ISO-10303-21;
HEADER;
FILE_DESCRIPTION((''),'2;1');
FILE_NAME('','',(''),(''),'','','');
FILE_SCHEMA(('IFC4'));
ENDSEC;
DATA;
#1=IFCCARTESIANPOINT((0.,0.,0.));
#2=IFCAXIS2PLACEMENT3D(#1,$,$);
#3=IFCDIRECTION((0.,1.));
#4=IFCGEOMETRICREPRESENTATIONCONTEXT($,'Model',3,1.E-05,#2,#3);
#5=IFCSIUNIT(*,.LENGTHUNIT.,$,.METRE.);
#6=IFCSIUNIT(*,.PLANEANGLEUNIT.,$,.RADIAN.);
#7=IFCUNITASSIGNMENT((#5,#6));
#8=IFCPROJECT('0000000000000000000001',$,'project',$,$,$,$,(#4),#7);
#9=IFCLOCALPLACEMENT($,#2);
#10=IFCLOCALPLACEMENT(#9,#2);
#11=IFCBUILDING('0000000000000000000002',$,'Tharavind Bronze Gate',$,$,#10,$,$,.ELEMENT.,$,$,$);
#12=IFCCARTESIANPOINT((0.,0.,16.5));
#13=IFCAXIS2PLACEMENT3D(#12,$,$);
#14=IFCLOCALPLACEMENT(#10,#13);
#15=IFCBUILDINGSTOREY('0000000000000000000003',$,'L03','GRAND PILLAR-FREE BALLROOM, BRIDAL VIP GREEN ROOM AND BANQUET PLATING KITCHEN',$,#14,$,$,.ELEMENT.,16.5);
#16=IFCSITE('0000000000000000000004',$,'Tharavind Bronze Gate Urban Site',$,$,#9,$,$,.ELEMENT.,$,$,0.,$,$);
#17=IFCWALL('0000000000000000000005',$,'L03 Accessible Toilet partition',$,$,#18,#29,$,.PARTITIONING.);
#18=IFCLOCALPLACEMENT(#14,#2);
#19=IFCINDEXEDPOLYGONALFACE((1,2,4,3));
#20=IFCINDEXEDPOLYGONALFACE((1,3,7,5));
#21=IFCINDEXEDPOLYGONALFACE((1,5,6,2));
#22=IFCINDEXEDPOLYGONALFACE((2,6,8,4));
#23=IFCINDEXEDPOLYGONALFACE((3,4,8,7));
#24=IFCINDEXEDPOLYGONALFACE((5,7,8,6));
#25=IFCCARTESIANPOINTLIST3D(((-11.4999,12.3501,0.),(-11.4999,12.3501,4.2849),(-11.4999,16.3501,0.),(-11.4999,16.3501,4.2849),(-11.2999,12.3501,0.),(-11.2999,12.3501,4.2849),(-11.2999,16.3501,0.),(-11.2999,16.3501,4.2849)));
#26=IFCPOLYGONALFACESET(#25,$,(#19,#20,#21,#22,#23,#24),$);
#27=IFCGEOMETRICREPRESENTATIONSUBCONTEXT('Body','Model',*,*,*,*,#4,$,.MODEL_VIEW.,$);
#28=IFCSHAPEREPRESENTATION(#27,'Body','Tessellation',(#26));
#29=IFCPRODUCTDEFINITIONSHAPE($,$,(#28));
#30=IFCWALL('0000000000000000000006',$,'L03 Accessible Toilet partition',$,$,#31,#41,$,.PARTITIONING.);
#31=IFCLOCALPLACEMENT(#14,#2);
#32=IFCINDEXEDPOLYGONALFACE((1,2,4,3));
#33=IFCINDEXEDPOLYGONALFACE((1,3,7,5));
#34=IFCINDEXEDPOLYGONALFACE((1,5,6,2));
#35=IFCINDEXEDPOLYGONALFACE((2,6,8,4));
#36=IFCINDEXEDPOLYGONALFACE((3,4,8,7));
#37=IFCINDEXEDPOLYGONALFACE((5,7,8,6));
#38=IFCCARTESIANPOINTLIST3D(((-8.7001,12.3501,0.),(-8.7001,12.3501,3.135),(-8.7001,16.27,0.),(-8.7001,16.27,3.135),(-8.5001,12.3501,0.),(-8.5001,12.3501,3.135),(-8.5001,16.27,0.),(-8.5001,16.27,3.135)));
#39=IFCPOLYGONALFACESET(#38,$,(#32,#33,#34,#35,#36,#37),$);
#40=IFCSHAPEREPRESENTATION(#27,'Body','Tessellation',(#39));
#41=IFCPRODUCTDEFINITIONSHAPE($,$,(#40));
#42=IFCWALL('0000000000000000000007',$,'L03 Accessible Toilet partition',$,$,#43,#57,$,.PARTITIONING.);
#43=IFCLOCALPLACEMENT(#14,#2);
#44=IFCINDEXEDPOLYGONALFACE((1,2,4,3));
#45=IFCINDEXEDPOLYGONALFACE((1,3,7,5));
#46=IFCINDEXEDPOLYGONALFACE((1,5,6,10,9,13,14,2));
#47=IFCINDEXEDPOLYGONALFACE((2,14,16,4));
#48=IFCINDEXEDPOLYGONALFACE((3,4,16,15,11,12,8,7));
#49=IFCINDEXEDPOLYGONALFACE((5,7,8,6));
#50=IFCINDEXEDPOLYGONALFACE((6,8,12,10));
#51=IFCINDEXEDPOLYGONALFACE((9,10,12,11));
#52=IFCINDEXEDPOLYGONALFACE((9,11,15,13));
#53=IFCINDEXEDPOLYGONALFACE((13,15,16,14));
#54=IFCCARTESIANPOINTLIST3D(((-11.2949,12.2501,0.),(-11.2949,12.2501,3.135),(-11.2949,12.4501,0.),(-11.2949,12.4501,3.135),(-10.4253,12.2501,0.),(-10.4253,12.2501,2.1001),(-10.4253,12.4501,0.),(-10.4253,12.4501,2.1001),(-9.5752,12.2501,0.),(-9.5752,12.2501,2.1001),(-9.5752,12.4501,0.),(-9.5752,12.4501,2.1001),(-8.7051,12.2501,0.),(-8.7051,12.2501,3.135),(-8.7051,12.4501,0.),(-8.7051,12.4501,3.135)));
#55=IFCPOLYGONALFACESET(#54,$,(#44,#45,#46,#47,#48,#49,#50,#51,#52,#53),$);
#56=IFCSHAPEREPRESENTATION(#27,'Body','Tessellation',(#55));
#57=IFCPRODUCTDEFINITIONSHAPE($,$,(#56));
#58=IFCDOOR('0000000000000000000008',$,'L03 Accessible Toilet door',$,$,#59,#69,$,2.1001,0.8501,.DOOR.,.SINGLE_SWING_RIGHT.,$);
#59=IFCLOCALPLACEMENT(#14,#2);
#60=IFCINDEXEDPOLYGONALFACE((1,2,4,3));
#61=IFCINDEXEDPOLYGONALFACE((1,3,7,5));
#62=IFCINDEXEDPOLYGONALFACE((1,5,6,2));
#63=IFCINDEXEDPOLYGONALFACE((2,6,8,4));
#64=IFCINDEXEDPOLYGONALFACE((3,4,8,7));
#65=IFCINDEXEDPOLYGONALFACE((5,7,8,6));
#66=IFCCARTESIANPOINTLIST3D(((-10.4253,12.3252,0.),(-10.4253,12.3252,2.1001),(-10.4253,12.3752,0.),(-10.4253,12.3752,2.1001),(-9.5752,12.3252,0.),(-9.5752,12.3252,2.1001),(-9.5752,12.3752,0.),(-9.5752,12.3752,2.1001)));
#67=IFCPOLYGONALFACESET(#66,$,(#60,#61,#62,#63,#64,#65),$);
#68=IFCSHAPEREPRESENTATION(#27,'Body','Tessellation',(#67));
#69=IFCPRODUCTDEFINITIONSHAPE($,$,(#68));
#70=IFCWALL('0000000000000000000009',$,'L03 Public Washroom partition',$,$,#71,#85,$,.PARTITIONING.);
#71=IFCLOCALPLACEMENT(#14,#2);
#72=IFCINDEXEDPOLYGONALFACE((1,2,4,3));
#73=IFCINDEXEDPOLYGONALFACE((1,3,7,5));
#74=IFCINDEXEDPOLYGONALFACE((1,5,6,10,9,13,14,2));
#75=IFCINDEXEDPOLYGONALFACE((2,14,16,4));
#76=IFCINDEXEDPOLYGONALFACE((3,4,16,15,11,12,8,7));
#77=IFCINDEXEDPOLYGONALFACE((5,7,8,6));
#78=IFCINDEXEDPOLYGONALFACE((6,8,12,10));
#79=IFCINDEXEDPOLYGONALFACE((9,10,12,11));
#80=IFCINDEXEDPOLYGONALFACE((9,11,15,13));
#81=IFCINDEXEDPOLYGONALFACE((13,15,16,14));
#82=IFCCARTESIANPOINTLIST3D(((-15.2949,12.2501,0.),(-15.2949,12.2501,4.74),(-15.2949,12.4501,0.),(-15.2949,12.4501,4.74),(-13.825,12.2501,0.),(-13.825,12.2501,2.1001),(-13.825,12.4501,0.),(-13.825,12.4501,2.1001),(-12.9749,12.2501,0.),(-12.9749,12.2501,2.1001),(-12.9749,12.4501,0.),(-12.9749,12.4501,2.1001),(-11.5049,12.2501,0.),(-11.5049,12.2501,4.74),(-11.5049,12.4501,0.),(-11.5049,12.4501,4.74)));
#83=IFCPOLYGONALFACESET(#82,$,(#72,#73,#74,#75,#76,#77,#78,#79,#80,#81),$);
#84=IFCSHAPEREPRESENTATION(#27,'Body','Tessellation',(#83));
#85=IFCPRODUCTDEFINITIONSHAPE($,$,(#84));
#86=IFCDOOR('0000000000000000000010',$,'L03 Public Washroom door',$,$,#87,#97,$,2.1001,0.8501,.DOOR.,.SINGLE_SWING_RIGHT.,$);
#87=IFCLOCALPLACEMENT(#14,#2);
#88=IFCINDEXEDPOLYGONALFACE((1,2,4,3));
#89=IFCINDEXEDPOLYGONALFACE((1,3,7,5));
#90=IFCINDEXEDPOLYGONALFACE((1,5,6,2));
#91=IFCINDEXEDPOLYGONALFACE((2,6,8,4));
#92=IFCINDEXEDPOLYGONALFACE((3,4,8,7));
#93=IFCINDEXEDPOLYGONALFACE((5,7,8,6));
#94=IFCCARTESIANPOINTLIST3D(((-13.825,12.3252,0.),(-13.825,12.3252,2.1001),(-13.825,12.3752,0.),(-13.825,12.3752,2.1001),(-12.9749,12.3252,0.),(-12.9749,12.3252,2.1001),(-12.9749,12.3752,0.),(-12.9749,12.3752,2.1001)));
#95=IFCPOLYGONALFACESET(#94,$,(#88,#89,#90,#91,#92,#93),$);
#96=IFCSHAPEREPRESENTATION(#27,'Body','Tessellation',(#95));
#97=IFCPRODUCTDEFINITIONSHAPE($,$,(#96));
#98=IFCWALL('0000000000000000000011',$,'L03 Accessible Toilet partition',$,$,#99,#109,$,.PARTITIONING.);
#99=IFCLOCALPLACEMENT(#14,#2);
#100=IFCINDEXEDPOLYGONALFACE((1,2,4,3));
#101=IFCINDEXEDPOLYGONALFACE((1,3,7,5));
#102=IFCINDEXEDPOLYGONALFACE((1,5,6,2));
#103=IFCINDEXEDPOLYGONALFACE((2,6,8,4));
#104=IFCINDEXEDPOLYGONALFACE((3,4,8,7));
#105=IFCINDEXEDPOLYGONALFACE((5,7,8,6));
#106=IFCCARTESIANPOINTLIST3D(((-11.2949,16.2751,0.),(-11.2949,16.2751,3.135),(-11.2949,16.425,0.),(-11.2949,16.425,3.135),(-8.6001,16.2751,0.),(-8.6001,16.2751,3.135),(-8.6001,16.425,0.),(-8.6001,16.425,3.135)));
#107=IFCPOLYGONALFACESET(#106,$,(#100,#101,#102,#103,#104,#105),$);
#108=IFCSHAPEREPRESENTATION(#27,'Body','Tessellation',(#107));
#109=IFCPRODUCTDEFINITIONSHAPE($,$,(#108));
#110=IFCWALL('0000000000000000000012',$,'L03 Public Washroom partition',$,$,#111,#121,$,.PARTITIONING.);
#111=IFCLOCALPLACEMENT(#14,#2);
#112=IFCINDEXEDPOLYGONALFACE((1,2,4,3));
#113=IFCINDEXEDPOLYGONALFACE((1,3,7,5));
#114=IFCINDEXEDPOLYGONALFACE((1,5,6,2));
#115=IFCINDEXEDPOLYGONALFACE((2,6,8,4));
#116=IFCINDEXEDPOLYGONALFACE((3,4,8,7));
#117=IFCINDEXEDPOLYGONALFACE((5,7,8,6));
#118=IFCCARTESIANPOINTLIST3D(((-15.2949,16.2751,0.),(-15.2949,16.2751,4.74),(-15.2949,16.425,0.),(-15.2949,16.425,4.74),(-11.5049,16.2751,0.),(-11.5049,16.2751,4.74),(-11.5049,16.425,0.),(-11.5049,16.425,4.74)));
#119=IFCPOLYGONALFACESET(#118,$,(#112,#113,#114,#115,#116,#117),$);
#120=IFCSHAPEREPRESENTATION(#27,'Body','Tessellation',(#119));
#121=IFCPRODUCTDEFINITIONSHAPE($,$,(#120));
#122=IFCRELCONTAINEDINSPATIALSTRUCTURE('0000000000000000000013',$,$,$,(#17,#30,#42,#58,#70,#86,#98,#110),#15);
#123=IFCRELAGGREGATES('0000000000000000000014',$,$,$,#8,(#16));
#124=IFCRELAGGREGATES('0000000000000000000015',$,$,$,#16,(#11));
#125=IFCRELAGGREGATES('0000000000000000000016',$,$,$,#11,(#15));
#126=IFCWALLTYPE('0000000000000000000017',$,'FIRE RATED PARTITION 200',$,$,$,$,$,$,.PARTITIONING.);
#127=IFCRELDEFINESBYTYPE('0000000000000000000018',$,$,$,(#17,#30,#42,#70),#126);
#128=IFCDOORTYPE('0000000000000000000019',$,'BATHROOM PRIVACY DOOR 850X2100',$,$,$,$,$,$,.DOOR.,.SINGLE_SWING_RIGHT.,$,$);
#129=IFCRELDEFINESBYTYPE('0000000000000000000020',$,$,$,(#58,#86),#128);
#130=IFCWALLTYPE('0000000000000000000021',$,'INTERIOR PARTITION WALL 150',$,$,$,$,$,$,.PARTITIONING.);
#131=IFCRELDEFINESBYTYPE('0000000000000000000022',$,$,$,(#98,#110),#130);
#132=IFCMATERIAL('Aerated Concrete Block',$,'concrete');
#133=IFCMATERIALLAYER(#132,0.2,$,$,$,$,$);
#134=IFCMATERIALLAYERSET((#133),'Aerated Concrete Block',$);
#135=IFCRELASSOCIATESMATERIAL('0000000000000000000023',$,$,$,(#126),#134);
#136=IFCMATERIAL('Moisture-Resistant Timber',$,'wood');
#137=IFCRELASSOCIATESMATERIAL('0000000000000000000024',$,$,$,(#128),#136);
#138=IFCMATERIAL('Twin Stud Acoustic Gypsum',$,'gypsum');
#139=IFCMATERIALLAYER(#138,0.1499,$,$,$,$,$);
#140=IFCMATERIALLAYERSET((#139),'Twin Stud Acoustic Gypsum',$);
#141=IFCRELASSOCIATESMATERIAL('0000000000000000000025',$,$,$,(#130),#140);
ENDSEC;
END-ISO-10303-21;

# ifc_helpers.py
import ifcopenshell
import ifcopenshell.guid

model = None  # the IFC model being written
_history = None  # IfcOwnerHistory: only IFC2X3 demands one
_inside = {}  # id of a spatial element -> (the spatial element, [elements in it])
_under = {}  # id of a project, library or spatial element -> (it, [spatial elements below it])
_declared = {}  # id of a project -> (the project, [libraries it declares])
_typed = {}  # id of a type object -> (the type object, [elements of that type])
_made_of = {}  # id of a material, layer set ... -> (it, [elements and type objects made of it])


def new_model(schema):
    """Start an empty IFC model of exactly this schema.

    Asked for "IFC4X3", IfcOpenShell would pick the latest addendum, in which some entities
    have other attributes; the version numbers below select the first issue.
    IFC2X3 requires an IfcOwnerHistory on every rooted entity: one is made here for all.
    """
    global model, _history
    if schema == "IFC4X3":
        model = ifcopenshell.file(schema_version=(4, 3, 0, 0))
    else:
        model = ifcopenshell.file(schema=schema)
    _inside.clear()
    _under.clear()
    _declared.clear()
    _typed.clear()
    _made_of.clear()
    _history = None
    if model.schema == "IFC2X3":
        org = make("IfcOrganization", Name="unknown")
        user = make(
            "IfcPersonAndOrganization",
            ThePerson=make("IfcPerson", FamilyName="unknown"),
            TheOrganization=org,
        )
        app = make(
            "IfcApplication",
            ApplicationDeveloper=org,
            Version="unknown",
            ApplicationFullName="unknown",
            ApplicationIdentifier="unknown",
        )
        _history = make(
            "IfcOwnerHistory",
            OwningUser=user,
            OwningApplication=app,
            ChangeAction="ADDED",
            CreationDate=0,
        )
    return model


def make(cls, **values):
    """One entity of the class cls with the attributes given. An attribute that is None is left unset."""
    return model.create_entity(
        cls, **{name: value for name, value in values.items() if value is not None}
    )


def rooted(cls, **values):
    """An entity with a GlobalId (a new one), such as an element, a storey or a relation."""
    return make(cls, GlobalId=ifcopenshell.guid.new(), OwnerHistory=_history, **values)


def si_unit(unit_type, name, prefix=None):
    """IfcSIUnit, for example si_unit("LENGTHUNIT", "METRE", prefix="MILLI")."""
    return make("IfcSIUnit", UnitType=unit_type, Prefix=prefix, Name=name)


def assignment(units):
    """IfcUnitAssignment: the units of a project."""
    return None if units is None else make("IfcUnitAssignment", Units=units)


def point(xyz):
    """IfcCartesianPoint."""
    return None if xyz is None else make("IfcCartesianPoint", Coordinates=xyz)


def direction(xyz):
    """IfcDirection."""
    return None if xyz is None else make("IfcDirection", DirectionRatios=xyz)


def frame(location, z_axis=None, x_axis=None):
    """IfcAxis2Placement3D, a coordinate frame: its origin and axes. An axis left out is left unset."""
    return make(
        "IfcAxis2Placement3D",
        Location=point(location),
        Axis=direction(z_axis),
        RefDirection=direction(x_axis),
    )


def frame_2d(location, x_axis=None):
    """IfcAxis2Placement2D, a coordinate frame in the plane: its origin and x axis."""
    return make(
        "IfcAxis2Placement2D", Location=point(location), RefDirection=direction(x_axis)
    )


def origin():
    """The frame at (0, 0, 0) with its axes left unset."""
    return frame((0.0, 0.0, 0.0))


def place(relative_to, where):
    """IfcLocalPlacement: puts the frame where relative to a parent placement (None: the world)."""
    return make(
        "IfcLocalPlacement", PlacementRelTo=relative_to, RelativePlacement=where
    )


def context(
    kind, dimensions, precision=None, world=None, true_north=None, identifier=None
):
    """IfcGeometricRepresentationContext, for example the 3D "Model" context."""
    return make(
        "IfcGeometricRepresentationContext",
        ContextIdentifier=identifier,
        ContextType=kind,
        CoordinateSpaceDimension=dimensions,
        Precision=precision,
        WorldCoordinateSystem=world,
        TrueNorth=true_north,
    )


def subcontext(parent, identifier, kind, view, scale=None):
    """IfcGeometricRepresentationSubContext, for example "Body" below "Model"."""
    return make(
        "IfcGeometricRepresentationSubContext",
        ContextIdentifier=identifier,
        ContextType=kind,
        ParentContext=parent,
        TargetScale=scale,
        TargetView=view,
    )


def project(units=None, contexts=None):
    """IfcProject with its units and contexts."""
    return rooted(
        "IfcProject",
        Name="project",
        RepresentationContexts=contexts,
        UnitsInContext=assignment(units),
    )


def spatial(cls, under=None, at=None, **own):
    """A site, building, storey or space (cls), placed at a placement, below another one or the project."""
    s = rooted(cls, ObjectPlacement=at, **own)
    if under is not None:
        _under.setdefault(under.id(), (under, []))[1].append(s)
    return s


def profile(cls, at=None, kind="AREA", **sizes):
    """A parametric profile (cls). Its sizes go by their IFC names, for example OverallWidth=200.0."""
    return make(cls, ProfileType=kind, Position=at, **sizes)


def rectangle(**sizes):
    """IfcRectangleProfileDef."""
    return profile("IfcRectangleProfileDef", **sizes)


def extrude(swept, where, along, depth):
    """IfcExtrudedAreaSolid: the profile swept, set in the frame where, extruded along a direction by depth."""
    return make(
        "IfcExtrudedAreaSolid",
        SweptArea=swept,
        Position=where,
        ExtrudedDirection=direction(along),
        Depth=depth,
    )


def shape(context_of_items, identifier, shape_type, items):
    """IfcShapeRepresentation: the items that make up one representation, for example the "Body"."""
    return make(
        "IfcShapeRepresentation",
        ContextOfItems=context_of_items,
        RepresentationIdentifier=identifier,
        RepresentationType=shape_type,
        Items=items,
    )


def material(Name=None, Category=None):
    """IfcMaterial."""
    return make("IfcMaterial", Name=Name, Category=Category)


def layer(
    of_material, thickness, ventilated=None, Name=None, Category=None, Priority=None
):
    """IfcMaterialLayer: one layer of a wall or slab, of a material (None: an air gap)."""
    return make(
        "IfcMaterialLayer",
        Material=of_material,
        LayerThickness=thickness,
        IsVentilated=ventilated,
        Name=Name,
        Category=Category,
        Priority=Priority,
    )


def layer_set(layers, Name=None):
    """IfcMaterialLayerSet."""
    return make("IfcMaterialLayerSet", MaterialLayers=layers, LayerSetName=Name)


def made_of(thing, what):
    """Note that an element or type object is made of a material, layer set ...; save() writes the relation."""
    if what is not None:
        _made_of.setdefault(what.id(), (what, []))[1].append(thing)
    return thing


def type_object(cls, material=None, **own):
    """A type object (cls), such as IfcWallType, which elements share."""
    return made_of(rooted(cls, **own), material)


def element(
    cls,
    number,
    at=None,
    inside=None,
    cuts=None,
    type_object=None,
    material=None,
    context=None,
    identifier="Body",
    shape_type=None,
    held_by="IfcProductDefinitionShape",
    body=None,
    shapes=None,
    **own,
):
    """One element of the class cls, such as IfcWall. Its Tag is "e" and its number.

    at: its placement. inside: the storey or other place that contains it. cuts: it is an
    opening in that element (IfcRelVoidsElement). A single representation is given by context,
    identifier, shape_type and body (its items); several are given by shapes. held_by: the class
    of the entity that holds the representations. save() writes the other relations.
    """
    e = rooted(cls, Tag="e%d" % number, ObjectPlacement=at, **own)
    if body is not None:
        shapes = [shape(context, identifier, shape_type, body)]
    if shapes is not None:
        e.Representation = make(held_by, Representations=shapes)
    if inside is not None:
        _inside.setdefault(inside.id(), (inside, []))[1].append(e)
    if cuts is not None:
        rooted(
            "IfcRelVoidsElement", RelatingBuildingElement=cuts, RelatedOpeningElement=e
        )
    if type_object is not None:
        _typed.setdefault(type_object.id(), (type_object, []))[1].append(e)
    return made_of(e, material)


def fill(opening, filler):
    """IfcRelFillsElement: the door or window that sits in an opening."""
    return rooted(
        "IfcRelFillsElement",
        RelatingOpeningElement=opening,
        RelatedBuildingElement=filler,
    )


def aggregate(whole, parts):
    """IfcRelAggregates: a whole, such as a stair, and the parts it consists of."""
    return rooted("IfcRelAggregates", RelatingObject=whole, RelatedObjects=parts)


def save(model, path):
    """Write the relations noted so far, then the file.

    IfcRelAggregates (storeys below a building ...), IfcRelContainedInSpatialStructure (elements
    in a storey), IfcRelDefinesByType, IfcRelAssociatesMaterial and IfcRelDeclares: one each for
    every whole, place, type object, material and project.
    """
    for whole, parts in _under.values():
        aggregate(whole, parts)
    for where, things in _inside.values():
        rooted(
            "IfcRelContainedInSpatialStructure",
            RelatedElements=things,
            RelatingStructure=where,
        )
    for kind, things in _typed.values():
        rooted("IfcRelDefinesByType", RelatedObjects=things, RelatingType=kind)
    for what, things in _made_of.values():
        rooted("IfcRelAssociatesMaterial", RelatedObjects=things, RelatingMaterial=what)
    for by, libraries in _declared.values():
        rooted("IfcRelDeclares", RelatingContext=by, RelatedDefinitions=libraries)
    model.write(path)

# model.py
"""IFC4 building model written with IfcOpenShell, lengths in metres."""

from ifc_helpers import new_model, si_unit, direction, frame, frame_2d, origin, place, context, subcontext, project, spatial, rectangle, extrude, material, layer, layer_set, type_object, element, fill, save


model = new_model("IFC4")

# Units and contexts
model_context = context("Model", 3, precision=1e-05, world=origin(), true_north=direction((0.0, 1.0)))
body_context = subcontext(model_context, "Body", "Model", "MODEL_VIEW")
ifc_project = project(units=[si_unit("LENGTHUNIT", "METRE"), si_unit("PLANEANGLEUNIT", "RADIAN")], contexts=[model_context])

# Site, building, storey
site_placement = place(None, origin())
site = spatial("IfcSite", under=ifc_project, at=site_placement, Name="Tharavind Bronze Gate Urban Site", CompositionType="ELEMENT", RefElevation=0.0)
building_placement = place(site_placement, origin())
building = spatial("IfcBuilding", under=site, at=building_placement, Name="Tharavind Bronze Gate", CompositionType="ELEMENT")
storey_placement = place(building_placement, frame((0.0, 0.0, 16.5)))
storey = spatial("IfcBuildingStorey", under=building, at=storey_placement, Name="L03", Description="GRAND PILLAR-FREE BALLROOM, BRIDAL VIP GREEN ROOM AND BANQUET PLATING KITCHEN", CompositionType="ELEMENT", Elevation=16.5)

# Walls
ifc_material_1 = material(Name="Aerated Concrete Block", Category="concrete")
ifc_layer_1 = layer(ifc_material_1, 0.2)
ifc_layer_set_1 = layer_set([ifc_layer_1], Name="Aerated Concrete Block")
wall_type_1 = type_object("IfcWallType", Name="FIRE RATED PARTITION 200", PredefinedType="PARTITIONING", material=ifc_layer_set_1)
wall_1_placement = place(storey_placement, frame((-11.3999, 12.3501, 0.0), z_axis=(0.0, 0.0, 1.0), x_axis=(0.0, 1.0, 0.0)))
element("IfcWall", 1, at=wall_1_placement, inside=storey, type_object=wall_type_1, Name="L03 Accessible Toilet partition", PredefinedType="PARTITIONING", context=body_context, shape_type="SweptSolid", body=[
    extrude(rectangle(XDim=4.0, YDim=0.2, at=frame_2d((2.0, 0.0))), origin(), (0.0, 0.0, 1.0), 4.2849),
])
wall_2_placement = place(storey_placement, frame((-8.6001, 16.27, 0.0), z_axis=(0.0, 0.0, 1.0), x_axis=(0.0, -1.0, 0.0)))
element("IfcWall", 2, at=wall_2_placement, inside=storey, type_object=wall_type_1, Name="L03 Accessible Toilet partition", PredefinedType="PARTITIONING", context=body_context, shape_type="SweptSolid", body=[
    extrude(rectangle(XDim=3.9199, YDim=0.2, at=frame_2d((1.96, 0.0))), origin(), (0.0, 0.0, 1.0), 3.135),
])

# Walls, openings, doors
wall_3_placement = place(storey_placement, frame((-8.7051, 12.3501, 0.0), z_axis=(0.0, 0.0, 1.0), x_axis=(-1.0, 0.0, 0.0)))
wall_3 = element("IfcWall", 3, at=wall_3_placement, inside=storey, type_object=wall_type_1, Name="L03 Accessible Toilet partition", PredefinedType="PARTITIONING", context=body_context, shape_type="SweptSolid", body=[
    extrude(rectangle(XDim=2.5898, YDim=0.2, at=frame_2d((1.2949, 0.0))), origin(), (0.0, 0.0, 1.0), 3.135),
])
opening_1_placement = place(wall_3_placement, frame((0.8701, 0.0, 0.0)))
opening_1 = element("IfcOpeningElement", 4, at=opening_1_placement, cuts=wall_3, PredefinedType="OPENING", context=body_context, shape_type="SweptSolid", body=[
    extrude(rectangle(XDim=0.8501, YDim=2.1001, at=frame_2d((0.425, 1.05))), frame((0.0, 0.1101, 0.0), z_axis=(0.0, -1.0, 0.0), x_axis=(1.0, 0.0, 0.0)), (0.0, 0.0, 1.0), 0.22),
])
ifc_material_2 = material(Name="Moisture-Resistant Timber", Category="wood")
door_type = type_object("IfcDoorType", Name="BATHROOM PRIVACY DOOR 850X2100", OperationType="SINGLE_SWING_RIGHT", PredefinedType="DOOR", material=ifc_material_2)
door_1_placement = place(opening_1_placement, origin())
door_1 = element("IfcDoor", 5, at=door_1_placement, inside=storey, type_object=door_type, Name="L03 Accessible Toilet door", OperationType="SINGLE_SWING_RIGHT", OverallHeight=2.1001, OverallWidth=0.8501, PredefinedType="DOOR", context=body_context, shape_type="SweptSolid", body=[
    extrude(rectangle(XDim=0.8501, YDim=2.1001, at=frame_2d((0.425, 1.05))), frame((0.0, 0.0249, 0.0), z_axis=(0.0, -1.0, 0.0), x_axis=(1.0, 0.0, 0.0)), (0.0, 0.0, 1.0), 0.05),
])
fill(opening_1, door_1)
wall_4_placement = place(storey_placement, frame((-11.5049, 12.3501, 0.0), z_axis=(0.0, 0.0, 1.0), x_axis=(-1.0, 0.0, 0.0)))
wall_4 = element("IfcWall", 6, at=wall_4_placement, inside=storey, type_object=wall_type_1, Name="L03 Public Washroom partition", PredefinedType="PARTITIONING", context=body_context, shape_type="SweptSolid", body=[
    extrude(rectangle(XDim=3.79, YDim=0.2, at=frame_2d((1.895, 0.0))), origin(), (0.0, 0.0, 1.0), 4.74),
])
opening_2_placement = place(wall_4_placement, frame((1.47, 0.0, 0.0)))
opening_2 = element("IfcOpeningElement", 7, at=opening_2_placement, cuts=wall_4, PredefinedType="OPENING", context=body_context, shape_type="SweptSolid", body=[
    extrude(rectangle(XDim=0.8501, YDim=2.1001, at=frame_2d((0.425, 1.05))), frame((0.0, 0.1101, 0.0), z_axis=(0.0, -1.0, 0.0), x_axis=(1.0, 0.0, 0.0)), (0.0, 0.0, 1.0), 0.22),
])
door_2_placement = place(opening_2_placement, origin())
door_2 = element("IfcDoor", 8, at=door_2_placement, inside=storey, type_object=door_type, Name="L03 Public Washroom door", OperationType="SINGLE_SWING_RIGHT", OverallHeight=2.1001, OverallWidth=0.8501, PredefinedType="DOOR", context=body_context, shape_type="SweptSolid", body=[
    extrude(rectangle(XDim=0.8501, YDim=2.1001, at=frame_2d((0.425, 1.05))), frame((0.0, 0.0249, 0.0), z_axis=(0.0, -1.0, 0.0), x_axis=(1.0, 0.0, 0.0)), (0.0, 0.0, 1.0), 0.05),
])
fill(opening_2, door_2)

# Walls
ifc_material_3 = material(Name="Twin Stud Acoustic Gypsum", Category="gypsum")
ifc_layer_2 = layer(ifc_material_3, 0.1499)
ifc_layer_set_2 = layer_set([ifc_layer_2], Name="Twin Stud Acoustic Gypsum")
wall_type_2 = type_object("IfcWallType", Name="INTERIOR PARTITION WALL 150", PredefinedType="PARTITIONING", material=ifc_layer_set_2)
wall_5_placement = place(storey_placement, frame((-11.2949, 16.3501, 0.0), z_axis=(0.0, 0.0, 1.0), x_axis=(1.0, 0.0, 0.0)))
element("IfcWall", 9, at=wall_5_placement, inside=storey, type_object=wall_type_2, Name="L03 Accessible Toilet partition", PredefinedType="PARTITIONING", context=body_context, shape_type="SweptSolid", body=[
    extrude(rectangle(XDim=2.6948, YDim=0.1499, at=frame_2d((1.3474, 0.0))), origin(), (0.0, 0.0, 1.0), 3.135),
])
wall_6_placement = place(storey_placement, frame((-15.2949, 16.3501, 0.0), z_axis=(0.0, 0.0, 1.0), x_axis=(1.0, 0.0, 0.0)))
element("IfcWall", 10, at=wall_6_placement, inside=storey, type_object=wall_type_2, Name="L03 Public Washroom partition", PredefinedType="PARTITIONING", context=body_context, shape_type="SweptSolid", body=[
    extrude(rectangle(XDim=3.79, YDim=0.1499, at=frame_2d((1.895, 0.0))), origin(), (0.0, 0.0, 1.0), 4.74),
])

save(model, "model.ifc")
